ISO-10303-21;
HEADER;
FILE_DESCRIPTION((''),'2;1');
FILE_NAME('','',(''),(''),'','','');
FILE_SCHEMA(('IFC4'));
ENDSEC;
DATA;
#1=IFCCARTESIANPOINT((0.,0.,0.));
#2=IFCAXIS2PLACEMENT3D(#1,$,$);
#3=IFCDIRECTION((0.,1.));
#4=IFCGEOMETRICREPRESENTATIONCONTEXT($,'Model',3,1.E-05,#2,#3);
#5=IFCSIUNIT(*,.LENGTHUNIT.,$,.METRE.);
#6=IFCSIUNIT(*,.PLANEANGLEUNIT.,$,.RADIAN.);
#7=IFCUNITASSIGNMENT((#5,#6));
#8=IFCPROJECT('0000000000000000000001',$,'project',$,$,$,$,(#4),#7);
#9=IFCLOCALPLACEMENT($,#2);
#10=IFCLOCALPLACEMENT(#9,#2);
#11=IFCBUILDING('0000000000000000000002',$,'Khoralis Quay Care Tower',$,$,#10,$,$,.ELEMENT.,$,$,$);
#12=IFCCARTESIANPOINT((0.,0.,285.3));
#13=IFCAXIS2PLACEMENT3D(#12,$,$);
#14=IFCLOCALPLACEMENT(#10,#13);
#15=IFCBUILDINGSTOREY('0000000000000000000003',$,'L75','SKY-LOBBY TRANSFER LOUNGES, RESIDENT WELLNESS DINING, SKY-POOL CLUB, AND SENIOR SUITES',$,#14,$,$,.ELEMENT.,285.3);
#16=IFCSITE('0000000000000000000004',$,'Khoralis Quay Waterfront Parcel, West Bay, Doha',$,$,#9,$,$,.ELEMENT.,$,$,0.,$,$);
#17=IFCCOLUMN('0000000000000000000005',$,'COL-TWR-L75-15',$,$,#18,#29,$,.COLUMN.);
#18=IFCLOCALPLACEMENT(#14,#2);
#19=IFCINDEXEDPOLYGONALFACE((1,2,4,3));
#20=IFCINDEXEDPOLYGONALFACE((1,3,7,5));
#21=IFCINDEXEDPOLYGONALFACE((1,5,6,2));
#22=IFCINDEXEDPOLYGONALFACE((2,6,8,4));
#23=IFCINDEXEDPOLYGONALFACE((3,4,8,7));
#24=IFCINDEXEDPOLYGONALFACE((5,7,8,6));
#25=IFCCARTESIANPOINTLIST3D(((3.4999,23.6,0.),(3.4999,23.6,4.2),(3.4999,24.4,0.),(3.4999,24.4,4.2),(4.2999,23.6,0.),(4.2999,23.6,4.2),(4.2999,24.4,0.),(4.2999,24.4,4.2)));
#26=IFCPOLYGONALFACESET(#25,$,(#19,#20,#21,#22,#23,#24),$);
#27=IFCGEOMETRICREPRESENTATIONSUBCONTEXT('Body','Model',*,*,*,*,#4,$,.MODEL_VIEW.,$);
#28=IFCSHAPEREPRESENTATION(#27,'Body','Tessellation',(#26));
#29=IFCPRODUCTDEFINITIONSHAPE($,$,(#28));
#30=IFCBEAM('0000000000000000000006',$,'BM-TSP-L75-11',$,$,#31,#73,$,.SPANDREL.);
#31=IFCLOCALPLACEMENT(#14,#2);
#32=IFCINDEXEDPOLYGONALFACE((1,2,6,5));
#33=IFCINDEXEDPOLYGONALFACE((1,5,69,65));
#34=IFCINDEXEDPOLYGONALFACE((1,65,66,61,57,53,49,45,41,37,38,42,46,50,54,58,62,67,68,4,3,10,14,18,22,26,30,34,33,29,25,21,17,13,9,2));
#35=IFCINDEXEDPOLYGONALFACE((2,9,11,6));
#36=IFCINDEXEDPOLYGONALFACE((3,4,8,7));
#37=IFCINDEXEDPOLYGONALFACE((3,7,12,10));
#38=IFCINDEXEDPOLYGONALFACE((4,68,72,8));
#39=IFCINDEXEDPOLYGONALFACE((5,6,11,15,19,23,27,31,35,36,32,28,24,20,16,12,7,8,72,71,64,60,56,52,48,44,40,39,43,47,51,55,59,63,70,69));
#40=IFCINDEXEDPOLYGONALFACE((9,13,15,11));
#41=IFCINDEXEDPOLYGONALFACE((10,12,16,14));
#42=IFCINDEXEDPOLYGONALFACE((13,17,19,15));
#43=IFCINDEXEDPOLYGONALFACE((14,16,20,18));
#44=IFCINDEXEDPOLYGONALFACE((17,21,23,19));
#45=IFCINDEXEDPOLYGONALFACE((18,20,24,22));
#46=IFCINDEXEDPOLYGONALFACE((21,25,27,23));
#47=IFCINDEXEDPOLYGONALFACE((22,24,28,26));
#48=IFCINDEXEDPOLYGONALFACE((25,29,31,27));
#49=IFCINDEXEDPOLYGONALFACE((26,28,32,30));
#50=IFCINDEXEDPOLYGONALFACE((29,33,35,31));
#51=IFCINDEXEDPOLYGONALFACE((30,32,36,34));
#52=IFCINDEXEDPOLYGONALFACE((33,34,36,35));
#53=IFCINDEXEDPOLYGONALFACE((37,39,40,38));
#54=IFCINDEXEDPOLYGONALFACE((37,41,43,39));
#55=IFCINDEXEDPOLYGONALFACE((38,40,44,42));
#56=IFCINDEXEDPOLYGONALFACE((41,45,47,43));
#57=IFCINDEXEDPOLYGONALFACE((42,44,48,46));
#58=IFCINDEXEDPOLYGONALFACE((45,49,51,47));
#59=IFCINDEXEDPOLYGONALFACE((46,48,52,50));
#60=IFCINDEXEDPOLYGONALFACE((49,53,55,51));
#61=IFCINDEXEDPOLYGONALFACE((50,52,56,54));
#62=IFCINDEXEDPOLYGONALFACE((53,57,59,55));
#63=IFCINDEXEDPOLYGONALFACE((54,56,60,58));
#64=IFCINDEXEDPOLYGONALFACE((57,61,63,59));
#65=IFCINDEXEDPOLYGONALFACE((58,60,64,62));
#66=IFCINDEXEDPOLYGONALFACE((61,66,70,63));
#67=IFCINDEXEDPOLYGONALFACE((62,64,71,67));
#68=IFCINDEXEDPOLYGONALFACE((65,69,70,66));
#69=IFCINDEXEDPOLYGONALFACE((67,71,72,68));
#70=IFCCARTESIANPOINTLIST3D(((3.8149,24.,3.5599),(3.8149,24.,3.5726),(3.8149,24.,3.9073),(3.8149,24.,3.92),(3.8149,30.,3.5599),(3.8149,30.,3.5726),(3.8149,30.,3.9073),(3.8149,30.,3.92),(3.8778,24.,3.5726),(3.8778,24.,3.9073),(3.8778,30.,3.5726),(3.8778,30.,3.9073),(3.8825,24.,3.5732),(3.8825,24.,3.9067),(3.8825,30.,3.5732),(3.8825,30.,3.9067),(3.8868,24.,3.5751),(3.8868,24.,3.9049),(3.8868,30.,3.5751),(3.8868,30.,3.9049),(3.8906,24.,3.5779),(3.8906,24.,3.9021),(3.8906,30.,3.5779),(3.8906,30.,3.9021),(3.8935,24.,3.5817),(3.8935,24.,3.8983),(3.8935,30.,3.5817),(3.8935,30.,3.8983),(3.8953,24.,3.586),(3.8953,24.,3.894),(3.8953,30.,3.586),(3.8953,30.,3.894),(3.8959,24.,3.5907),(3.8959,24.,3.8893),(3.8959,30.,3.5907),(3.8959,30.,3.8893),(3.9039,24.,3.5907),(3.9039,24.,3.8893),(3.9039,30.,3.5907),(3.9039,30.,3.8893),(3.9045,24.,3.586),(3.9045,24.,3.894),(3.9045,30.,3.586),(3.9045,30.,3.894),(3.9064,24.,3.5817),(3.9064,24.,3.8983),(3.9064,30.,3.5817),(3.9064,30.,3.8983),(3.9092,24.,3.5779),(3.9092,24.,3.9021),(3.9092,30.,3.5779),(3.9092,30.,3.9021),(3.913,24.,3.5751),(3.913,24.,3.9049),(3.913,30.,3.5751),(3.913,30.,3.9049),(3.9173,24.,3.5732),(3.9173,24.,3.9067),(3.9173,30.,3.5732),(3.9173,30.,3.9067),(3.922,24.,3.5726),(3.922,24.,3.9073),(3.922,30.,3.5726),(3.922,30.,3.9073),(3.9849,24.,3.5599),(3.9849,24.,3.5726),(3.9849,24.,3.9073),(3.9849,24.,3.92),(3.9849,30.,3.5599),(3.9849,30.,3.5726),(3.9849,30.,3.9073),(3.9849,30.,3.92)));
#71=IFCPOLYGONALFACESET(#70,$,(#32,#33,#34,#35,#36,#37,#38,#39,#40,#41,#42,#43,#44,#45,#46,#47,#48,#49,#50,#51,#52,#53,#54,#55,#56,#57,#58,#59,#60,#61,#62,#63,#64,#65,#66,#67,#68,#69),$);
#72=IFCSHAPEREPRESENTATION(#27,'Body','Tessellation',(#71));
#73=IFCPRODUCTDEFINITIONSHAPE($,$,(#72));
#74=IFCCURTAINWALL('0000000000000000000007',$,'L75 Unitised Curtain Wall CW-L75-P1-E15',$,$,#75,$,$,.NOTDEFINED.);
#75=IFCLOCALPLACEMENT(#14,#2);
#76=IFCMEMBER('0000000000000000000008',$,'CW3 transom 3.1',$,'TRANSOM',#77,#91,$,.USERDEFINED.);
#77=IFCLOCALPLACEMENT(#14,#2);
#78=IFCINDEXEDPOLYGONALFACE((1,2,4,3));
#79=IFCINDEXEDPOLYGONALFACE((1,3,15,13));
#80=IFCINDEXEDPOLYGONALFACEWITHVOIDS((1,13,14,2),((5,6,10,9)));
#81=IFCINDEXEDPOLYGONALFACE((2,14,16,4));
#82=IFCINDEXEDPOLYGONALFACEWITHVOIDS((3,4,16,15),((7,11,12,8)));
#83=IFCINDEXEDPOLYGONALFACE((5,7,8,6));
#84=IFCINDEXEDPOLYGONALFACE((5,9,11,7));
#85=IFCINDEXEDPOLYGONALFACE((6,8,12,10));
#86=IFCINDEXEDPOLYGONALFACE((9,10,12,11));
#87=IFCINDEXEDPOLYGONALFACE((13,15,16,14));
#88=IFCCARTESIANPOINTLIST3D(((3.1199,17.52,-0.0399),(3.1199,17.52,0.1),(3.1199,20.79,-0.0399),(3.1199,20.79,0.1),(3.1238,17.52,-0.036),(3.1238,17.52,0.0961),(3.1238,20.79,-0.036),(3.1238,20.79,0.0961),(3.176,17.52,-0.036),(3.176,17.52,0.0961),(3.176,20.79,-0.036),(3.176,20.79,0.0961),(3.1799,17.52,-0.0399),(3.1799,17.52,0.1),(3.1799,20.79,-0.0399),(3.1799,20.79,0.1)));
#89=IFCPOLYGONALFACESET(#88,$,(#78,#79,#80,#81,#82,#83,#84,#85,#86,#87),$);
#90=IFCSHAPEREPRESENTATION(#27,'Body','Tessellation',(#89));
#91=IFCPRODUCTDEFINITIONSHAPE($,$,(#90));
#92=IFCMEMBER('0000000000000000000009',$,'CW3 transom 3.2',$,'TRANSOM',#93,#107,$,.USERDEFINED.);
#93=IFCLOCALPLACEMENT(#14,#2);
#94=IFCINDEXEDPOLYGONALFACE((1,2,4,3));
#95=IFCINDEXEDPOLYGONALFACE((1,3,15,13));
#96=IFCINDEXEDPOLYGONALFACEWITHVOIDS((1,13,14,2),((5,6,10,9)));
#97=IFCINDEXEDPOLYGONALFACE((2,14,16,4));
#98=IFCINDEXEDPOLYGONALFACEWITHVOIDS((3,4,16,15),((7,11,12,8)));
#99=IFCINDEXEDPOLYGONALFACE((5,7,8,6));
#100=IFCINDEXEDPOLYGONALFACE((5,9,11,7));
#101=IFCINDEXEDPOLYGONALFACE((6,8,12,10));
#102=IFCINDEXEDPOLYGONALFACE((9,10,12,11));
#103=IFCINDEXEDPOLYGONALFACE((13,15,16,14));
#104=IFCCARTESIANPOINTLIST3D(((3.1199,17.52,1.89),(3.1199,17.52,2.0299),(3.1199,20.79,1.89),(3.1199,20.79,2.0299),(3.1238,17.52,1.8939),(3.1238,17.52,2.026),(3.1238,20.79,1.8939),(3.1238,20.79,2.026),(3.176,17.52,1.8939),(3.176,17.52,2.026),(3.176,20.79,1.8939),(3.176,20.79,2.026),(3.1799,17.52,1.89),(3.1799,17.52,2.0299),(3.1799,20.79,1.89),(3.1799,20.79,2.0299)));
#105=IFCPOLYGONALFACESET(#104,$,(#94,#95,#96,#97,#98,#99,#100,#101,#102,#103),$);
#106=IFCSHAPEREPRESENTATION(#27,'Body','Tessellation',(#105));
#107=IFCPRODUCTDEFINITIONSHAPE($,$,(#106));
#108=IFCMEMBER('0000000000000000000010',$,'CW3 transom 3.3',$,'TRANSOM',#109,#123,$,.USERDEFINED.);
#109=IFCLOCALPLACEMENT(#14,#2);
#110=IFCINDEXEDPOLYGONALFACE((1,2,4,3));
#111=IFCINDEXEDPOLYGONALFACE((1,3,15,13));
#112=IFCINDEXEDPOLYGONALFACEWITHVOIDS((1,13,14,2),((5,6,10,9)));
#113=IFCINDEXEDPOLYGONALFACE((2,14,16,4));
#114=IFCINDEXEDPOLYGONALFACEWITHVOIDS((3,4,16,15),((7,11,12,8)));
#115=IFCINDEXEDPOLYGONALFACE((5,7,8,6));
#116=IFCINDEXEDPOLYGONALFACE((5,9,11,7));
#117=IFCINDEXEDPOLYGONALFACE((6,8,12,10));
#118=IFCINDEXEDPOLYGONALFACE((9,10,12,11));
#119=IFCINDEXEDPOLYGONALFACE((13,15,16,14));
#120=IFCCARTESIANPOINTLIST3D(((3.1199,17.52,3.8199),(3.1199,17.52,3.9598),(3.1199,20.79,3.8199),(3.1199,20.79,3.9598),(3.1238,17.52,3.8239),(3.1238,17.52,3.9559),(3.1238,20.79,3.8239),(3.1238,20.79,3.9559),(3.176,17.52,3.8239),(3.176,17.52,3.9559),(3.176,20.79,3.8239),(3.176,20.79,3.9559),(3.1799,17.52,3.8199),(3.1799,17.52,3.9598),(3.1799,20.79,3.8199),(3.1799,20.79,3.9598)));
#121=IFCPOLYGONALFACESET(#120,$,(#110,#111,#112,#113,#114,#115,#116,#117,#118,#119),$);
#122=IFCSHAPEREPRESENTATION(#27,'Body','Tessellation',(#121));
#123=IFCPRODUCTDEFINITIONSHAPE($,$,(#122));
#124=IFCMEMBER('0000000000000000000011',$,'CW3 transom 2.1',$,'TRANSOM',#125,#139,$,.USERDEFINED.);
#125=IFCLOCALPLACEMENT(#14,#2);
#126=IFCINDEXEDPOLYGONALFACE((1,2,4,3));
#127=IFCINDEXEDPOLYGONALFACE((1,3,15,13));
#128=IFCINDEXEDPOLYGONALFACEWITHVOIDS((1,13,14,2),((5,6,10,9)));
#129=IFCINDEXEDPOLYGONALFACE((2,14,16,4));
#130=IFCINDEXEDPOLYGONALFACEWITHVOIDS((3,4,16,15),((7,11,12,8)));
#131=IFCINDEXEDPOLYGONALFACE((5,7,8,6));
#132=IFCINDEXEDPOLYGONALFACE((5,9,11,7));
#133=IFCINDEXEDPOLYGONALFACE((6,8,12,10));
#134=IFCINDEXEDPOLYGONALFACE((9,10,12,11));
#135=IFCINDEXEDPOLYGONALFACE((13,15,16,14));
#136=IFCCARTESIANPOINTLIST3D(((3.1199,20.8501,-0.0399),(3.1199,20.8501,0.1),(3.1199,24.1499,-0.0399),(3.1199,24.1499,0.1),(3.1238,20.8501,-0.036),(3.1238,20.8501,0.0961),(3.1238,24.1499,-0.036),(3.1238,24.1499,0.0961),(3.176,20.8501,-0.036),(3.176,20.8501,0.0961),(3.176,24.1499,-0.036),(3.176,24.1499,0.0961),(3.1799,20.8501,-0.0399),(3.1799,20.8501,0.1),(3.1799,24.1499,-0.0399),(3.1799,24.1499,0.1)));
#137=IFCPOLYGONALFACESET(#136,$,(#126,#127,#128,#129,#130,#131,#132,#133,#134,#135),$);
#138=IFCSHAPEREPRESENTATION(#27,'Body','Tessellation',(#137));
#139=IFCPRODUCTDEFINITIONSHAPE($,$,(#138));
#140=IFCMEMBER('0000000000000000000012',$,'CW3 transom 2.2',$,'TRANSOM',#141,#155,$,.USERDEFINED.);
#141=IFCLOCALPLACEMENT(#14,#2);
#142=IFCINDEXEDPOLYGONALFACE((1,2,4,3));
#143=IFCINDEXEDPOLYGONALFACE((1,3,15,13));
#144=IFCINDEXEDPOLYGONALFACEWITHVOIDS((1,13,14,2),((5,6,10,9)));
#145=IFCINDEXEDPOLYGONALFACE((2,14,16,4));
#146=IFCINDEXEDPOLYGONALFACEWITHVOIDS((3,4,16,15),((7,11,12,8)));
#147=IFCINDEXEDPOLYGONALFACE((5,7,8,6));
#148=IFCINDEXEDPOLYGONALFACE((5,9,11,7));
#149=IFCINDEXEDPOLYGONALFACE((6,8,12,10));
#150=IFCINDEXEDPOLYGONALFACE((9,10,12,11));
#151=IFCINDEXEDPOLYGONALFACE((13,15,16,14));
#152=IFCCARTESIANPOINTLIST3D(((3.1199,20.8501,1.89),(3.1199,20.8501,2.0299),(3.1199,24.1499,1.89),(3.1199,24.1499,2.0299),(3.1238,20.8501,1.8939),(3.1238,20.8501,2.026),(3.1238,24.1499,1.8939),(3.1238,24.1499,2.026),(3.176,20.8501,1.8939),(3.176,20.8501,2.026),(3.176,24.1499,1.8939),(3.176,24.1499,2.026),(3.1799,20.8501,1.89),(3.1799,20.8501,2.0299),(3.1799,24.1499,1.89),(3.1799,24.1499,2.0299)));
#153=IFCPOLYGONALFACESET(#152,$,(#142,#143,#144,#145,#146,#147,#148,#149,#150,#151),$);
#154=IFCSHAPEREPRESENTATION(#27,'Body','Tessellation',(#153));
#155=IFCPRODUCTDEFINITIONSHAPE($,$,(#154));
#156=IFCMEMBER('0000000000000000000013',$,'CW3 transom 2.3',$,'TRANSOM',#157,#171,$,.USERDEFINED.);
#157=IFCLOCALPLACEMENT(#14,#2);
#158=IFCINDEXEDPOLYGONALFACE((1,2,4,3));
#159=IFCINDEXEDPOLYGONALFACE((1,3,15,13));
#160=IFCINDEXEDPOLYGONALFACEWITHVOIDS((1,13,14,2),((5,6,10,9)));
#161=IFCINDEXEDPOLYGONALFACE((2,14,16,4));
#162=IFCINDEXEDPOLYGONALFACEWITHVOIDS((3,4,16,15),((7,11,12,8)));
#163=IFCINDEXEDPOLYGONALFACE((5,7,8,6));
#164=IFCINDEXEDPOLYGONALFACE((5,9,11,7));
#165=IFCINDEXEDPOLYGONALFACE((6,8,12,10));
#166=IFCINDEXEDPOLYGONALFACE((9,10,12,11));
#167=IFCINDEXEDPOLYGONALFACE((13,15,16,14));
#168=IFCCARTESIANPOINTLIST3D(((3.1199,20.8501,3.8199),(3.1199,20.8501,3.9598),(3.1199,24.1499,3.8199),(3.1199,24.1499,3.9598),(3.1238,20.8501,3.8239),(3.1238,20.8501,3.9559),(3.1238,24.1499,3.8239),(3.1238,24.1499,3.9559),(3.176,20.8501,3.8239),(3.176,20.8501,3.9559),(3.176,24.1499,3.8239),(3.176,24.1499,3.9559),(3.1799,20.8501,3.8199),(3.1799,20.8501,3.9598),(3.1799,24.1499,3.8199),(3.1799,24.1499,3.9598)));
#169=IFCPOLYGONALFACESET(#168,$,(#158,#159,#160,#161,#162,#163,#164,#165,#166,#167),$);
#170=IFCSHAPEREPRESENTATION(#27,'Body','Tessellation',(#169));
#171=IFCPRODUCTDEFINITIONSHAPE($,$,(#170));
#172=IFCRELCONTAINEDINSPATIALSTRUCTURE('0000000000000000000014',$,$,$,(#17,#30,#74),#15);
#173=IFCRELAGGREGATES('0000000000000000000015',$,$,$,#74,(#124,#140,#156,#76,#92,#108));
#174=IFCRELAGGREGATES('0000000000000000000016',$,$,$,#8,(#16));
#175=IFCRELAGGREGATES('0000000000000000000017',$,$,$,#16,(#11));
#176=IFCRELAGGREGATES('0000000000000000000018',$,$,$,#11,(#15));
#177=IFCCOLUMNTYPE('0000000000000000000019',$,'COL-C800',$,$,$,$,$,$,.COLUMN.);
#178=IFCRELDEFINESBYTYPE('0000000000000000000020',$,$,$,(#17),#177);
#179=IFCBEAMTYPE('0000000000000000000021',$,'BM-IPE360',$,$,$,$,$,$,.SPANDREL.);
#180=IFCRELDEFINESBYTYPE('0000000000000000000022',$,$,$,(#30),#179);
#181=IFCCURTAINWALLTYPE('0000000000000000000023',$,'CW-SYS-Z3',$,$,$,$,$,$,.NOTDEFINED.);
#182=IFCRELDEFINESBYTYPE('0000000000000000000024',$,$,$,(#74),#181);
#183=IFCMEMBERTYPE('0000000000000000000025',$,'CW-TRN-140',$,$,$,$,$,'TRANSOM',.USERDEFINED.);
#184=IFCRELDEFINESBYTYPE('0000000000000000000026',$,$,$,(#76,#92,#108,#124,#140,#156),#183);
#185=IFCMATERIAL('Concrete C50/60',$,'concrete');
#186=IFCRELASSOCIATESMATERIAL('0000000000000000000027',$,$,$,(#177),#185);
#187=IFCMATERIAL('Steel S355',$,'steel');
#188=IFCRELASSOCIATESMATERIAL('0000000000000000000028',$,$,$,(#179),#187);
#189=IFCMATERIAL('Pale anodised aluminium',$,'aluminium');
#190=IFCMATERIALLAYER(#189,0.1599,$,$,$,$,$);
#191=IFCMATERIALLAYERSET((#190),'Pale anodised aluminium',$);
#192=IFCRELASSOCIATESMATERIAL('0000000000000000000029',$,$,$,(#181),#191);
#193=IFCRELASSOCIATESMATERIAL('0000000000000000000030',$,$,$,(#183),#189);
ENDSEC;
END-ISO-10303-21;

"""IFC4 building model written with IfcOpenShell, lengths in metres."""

from ifc_helpers import new_model, si_unit, direction, frame, origin, origin_2d, place, context, subcontext, project, spatial, rectangle, hollow_rectangle, i_section, extrude, source, transform, mapped, material, layer, layer_set, material_profile, profile_set, type_object, element, aggregate, save


model = new_model("IFC4")

# Units and contexts
model_context = context("Model", 3, precision=1e-05, world=origin(), true_north=direction((0.0, 1.0)))
body_context = subcontext(model_context, "Body", "Model", "MODEL_VIEW")
ifc_project = project(units=[si_unit("LENGTHUNIT", "METRE"), si_unit("PLANEANGLEUNIT", "RADIAN")], contexts=[model_context])

# Site, building, storey
site_placement = place(None, origin())
site = spatial("IfcSite", under=ifc_project, at=site_placement, Name="Khoralis Quay Waterfront Parcel, West Bay, Doha", CompositionType="ELEMENT", RefElevation=0.0)
building_placement = place(site_placement, origin())
building = spatial("IfcBuilding", under=site, at=building_placement, Name="Khoralis Quay Care Tower", CompositionType="ELEMENT")
storey_placement = place(building_placement, frame((0.0, 0.0, 285.3)))
storey = spatial("IfcBuildingStorey", under=building, at=storey_placement, Name="L75", Description="SKY-LOBBY TRANSFER LOUNGES, RESIDENT WELLNESS DINING, SKY-POOL CLUB, AND SENIOR SUITES", CompositionType="ELEMENT", Elevation=285.3)

# Column
ifc_material_1 = material(Name="Concrete C50/60", Category="concrete")
ifc_material_profile_1 = material_profile(ifc_material_1, rectangle(XDim=0.8, YDim=0.8, at=origin_2d()), Name="Concrete C50/60")
ifc_profile_set_1 = profile_set([ifc_material_profile_1], Name="Concrete C50/60")
column_type = type_object("IfcColumnType", Name="COL-C800", PredefinedType="COLUMN", material=ifc_profile_set_1)
shared_shape_1 = source(origin(), body_context, "Body", "SweptSolid", [
    extrude(rectangle(XDim=0.8, YDim=0.8, at=origin_2d()), origin(), (0.0, 0.0, 1.0), 4.2),
])
column_placement = place(storey_placement, frame((3.8999, 24.0, 0.0), z_axis=(0.0, 0.0, 1.0), x_axis=(1.0, 0.0, 0.0)))
element("IfcColumn", 1, at=column_placement, inside=storey, type_object=column_type, Name="COL-TWR-L75-15", PredefinedType="COLUMN", context=body_context, shape_type="MappedRepresentation", body=[
    mapped(shared_shape_1, transform((0.0, 0.0, 0.0), scale=1.0)),
])

# Beam
ifc_material_2 = material(Name="Steel S355", Category="steel")
ifc_material_profile_2 = material_profile(ifc_material_2, i_section(OverallWidth=0.1699, OverallDepth=0.3601, WebThickness=0.0081, FlangeThickness=0.0127, FilletRadius=0.0181, at=origin_2d()), Name="Steel S355")
ifc_profile_set_2 = profile_set([ifc_material_profile_2], Name="Steel S355")
beam_type = type_object("IfcBeamType", Name="BM-IPE360", PredefinedType="SPANDREL", material=ifc_profile_set_2)
shared_shape_2 = source(origin(), body_context, "Body", "SweptSolid", [
    extrude(i_section(OverallWidth=0.1699, OverallDepth=0.3601, WebThickness=0.0081, FlangeThickness=0.0127, FilletRadius=0.0181, at=origin_2d()), origin(), (0.0, 0.0, 1.0), 6.0),
])
beam_placement = place(storey_placement, frame((3.8999, 24.0, 3.74), z_axis=(0.0, 1.0, 0.0), x_axis=(-1.0, 0.0, 0.0)))
element("IfcBeam", 2, at=beam_placement, inside=storey, type_object=beam_type, Name="BM-TSP-L75-11", PredefinedType="SPANDREL", context=body_context, shape_type="MappedRepresentation", body=[
    mapped(shared_shape_2, transform((0.0, 0.0, 0.0), scale=1.0)),
])

# Curtain wall, members
ifc_material_3 = material(Name="Pale anodised aluminium", Category="aluminium")
ifc_layer_1 = layer(ifc_material_3, 0.1599)
ifc_layer_set_1 = layer_set([ifc_layer_1], Name="Pale anodised aluminium")
curtain_wall_type = type_object("IfcCurtainWallType", Name="CW-SYS-Z3", PredefinedType="NOTDEFINED", material=ifc_layer_set_1)
curtain_wall_placement = place(storey_placement, origin())
curtain_wall = element("IfcCurtainWall", 3, at=curtain_wall_placement, inside=storey, type_object=curtain_wall_type, Name="L75 Unitised Curtain Wall CW-L75-P1-E15", PredefinedType="NOTDEFINED")
ifc_material_profile_3 = material_profile(ifc_material_3, hollow_rectangle(XDim=0.0601, YDim=0.1399, WallThickness=0.0039, at=origin_2d()), Name="Pale anodised aluminium")
ifc_profile_set_3 = profile_set([ifc_material_profile_3], Name="Pale anodised aluminium")
member_type_1 = type_object("IfcMemberType", Name="CW-TRN-140", ElementType="TRANSOM", PredefinedType="USERDEFINED", material=ifc_profile_set_3)
shared_shape_3 = source(origin(), body_context, "Body", "SweptSolid", [
    extrude(hollow_rectangle(XDim=0.0601, YDim=0.1399, WallThickness=0.0039, at=origin_2d()), origin(), (0.0, 0.0, 1.0), 3.27),
])
member_1_placement = place(storey_placement, frame((3.1499, 20.79, 0.03), z_axis=(0.0, -1.0, 0.0), x_axis=(1.0, 0.0, 0.0)))
member_1 = element("IfcMember", 4, at=member_1_placement, type_object=member_type_1, Name="CW3 transom 3.1", ObjectType="TRANSOM", PredefinedType="USERDEFINED", context=body_context, shape_type="MappedRepresentation", body=[
    mapped(shared_shape_3, transform((0.0, 0.0, 0.0), scale=1.0)),
])
member_2_placement = place(storey_placement, frame((3.1499, 20.79, 1.96), z_axis=(0.0, -1.0, 0.0), x_axis=(1.0, 0.0, 0.0)))
member_2 = element("IfcMember", 5, at=member_2_placement, type_object=member_type_1, Name="CW3 transom 3.2", ObjectType="TRANSOM", PredefinedType="USERDEFINED", context=body_context, shape_type="MappedRepresentation", body=[
    mapped(shared_shape_3, transform((0.0, 0.0, 0.0), scale=1.0)),
])
member_3_placement = place(storey_placement, frame((3.1499, 20.79, 3.8899), z_axis=(0.0, -1.0, 0.0), x_axis=(1.0, 0.0, 0.0)))
member_3 = element("IfcMember", 6, at=member_3_placement, type_object=member_type_1, Name="CW3 transom 3.3", ObjectType="TRANSOM", PredefinedType="USERDEFINED", context=body_context, shape_type="MappedRepresentation", body=[
    mapped(shared_shape_3, transform((0.0, 0.0, 0.0), scale=1.0)),
])
shared_shape_4 = source(origin(), body_context, "Body", "SweptSolid", [
    extrude(hollow_rectangle(XDim=0.0601, YDim=0.1399, WallThickness=0.0039, at=origin_2d()), origin(), (0.0, 0.0, 1.0), 3.2998),
])
member_4_placement = place(storey_placement, frame((3.1499, 24.1499, 0.03), z_axis=(0.0, -1.0, 0.0), x_axis=(1.0, 0.0, 0.0)))
member_4 = element("IfcMember", 7, at=member_4_placement, type_object=member_type_1, Name="CW3 transom 2.1", ObjectType="TRANSOM", PredefinedType="USERDEFINED", context=body_context, shape_type="MappedRepresentation", body=[
    mapped(shared_shape_4, transform((0.0, 0.0, 0.0), scale=1.0)),
])
member_5_placement = place(storey_placement, frame((3.1499, 24.1499, 1.96), z_axis=(0.0, -1.0, 0.0), x_axis=(1.0, 0.0, 0.0)))
member_5 = element("IfcMember", 8, at=member_5_placement, type_object=member_type_1, Name="CW3 transom 2.2", ObjectType="TRANSOM", PredefinedType="USERDEFINED", context=body_context, shape_type="MappedRepresentation", body=[
    mapped(shared_shape_4, transform((0.0, 0.0, 0.0), scale=1.0)),
])
member_6_placement = place(storey_placement, frame((3.1499, 24.1499, 3.8899), z_axis=(0.0, -1.0, 0.0), x_axis=(1.0, 0.0, 0.0)))
member_6 = element("IfcMember", 9, at=member_6_placement, type_object=member_type_1, Name="CW3 transom 2.3", ObjectType="TRANSOM", PredefinedType="USERDEFINED", context=body_context, shape_type="MappedRepresentation", body=[
    mapped(shared_shape_4, transform((0.0, 0.0, 0.0), scale=1.0)),
])
aggregate(curtain_wall, [member_4, member_5, member_6, member_1, member_2, member_3])

save(model, "model.ifc")
